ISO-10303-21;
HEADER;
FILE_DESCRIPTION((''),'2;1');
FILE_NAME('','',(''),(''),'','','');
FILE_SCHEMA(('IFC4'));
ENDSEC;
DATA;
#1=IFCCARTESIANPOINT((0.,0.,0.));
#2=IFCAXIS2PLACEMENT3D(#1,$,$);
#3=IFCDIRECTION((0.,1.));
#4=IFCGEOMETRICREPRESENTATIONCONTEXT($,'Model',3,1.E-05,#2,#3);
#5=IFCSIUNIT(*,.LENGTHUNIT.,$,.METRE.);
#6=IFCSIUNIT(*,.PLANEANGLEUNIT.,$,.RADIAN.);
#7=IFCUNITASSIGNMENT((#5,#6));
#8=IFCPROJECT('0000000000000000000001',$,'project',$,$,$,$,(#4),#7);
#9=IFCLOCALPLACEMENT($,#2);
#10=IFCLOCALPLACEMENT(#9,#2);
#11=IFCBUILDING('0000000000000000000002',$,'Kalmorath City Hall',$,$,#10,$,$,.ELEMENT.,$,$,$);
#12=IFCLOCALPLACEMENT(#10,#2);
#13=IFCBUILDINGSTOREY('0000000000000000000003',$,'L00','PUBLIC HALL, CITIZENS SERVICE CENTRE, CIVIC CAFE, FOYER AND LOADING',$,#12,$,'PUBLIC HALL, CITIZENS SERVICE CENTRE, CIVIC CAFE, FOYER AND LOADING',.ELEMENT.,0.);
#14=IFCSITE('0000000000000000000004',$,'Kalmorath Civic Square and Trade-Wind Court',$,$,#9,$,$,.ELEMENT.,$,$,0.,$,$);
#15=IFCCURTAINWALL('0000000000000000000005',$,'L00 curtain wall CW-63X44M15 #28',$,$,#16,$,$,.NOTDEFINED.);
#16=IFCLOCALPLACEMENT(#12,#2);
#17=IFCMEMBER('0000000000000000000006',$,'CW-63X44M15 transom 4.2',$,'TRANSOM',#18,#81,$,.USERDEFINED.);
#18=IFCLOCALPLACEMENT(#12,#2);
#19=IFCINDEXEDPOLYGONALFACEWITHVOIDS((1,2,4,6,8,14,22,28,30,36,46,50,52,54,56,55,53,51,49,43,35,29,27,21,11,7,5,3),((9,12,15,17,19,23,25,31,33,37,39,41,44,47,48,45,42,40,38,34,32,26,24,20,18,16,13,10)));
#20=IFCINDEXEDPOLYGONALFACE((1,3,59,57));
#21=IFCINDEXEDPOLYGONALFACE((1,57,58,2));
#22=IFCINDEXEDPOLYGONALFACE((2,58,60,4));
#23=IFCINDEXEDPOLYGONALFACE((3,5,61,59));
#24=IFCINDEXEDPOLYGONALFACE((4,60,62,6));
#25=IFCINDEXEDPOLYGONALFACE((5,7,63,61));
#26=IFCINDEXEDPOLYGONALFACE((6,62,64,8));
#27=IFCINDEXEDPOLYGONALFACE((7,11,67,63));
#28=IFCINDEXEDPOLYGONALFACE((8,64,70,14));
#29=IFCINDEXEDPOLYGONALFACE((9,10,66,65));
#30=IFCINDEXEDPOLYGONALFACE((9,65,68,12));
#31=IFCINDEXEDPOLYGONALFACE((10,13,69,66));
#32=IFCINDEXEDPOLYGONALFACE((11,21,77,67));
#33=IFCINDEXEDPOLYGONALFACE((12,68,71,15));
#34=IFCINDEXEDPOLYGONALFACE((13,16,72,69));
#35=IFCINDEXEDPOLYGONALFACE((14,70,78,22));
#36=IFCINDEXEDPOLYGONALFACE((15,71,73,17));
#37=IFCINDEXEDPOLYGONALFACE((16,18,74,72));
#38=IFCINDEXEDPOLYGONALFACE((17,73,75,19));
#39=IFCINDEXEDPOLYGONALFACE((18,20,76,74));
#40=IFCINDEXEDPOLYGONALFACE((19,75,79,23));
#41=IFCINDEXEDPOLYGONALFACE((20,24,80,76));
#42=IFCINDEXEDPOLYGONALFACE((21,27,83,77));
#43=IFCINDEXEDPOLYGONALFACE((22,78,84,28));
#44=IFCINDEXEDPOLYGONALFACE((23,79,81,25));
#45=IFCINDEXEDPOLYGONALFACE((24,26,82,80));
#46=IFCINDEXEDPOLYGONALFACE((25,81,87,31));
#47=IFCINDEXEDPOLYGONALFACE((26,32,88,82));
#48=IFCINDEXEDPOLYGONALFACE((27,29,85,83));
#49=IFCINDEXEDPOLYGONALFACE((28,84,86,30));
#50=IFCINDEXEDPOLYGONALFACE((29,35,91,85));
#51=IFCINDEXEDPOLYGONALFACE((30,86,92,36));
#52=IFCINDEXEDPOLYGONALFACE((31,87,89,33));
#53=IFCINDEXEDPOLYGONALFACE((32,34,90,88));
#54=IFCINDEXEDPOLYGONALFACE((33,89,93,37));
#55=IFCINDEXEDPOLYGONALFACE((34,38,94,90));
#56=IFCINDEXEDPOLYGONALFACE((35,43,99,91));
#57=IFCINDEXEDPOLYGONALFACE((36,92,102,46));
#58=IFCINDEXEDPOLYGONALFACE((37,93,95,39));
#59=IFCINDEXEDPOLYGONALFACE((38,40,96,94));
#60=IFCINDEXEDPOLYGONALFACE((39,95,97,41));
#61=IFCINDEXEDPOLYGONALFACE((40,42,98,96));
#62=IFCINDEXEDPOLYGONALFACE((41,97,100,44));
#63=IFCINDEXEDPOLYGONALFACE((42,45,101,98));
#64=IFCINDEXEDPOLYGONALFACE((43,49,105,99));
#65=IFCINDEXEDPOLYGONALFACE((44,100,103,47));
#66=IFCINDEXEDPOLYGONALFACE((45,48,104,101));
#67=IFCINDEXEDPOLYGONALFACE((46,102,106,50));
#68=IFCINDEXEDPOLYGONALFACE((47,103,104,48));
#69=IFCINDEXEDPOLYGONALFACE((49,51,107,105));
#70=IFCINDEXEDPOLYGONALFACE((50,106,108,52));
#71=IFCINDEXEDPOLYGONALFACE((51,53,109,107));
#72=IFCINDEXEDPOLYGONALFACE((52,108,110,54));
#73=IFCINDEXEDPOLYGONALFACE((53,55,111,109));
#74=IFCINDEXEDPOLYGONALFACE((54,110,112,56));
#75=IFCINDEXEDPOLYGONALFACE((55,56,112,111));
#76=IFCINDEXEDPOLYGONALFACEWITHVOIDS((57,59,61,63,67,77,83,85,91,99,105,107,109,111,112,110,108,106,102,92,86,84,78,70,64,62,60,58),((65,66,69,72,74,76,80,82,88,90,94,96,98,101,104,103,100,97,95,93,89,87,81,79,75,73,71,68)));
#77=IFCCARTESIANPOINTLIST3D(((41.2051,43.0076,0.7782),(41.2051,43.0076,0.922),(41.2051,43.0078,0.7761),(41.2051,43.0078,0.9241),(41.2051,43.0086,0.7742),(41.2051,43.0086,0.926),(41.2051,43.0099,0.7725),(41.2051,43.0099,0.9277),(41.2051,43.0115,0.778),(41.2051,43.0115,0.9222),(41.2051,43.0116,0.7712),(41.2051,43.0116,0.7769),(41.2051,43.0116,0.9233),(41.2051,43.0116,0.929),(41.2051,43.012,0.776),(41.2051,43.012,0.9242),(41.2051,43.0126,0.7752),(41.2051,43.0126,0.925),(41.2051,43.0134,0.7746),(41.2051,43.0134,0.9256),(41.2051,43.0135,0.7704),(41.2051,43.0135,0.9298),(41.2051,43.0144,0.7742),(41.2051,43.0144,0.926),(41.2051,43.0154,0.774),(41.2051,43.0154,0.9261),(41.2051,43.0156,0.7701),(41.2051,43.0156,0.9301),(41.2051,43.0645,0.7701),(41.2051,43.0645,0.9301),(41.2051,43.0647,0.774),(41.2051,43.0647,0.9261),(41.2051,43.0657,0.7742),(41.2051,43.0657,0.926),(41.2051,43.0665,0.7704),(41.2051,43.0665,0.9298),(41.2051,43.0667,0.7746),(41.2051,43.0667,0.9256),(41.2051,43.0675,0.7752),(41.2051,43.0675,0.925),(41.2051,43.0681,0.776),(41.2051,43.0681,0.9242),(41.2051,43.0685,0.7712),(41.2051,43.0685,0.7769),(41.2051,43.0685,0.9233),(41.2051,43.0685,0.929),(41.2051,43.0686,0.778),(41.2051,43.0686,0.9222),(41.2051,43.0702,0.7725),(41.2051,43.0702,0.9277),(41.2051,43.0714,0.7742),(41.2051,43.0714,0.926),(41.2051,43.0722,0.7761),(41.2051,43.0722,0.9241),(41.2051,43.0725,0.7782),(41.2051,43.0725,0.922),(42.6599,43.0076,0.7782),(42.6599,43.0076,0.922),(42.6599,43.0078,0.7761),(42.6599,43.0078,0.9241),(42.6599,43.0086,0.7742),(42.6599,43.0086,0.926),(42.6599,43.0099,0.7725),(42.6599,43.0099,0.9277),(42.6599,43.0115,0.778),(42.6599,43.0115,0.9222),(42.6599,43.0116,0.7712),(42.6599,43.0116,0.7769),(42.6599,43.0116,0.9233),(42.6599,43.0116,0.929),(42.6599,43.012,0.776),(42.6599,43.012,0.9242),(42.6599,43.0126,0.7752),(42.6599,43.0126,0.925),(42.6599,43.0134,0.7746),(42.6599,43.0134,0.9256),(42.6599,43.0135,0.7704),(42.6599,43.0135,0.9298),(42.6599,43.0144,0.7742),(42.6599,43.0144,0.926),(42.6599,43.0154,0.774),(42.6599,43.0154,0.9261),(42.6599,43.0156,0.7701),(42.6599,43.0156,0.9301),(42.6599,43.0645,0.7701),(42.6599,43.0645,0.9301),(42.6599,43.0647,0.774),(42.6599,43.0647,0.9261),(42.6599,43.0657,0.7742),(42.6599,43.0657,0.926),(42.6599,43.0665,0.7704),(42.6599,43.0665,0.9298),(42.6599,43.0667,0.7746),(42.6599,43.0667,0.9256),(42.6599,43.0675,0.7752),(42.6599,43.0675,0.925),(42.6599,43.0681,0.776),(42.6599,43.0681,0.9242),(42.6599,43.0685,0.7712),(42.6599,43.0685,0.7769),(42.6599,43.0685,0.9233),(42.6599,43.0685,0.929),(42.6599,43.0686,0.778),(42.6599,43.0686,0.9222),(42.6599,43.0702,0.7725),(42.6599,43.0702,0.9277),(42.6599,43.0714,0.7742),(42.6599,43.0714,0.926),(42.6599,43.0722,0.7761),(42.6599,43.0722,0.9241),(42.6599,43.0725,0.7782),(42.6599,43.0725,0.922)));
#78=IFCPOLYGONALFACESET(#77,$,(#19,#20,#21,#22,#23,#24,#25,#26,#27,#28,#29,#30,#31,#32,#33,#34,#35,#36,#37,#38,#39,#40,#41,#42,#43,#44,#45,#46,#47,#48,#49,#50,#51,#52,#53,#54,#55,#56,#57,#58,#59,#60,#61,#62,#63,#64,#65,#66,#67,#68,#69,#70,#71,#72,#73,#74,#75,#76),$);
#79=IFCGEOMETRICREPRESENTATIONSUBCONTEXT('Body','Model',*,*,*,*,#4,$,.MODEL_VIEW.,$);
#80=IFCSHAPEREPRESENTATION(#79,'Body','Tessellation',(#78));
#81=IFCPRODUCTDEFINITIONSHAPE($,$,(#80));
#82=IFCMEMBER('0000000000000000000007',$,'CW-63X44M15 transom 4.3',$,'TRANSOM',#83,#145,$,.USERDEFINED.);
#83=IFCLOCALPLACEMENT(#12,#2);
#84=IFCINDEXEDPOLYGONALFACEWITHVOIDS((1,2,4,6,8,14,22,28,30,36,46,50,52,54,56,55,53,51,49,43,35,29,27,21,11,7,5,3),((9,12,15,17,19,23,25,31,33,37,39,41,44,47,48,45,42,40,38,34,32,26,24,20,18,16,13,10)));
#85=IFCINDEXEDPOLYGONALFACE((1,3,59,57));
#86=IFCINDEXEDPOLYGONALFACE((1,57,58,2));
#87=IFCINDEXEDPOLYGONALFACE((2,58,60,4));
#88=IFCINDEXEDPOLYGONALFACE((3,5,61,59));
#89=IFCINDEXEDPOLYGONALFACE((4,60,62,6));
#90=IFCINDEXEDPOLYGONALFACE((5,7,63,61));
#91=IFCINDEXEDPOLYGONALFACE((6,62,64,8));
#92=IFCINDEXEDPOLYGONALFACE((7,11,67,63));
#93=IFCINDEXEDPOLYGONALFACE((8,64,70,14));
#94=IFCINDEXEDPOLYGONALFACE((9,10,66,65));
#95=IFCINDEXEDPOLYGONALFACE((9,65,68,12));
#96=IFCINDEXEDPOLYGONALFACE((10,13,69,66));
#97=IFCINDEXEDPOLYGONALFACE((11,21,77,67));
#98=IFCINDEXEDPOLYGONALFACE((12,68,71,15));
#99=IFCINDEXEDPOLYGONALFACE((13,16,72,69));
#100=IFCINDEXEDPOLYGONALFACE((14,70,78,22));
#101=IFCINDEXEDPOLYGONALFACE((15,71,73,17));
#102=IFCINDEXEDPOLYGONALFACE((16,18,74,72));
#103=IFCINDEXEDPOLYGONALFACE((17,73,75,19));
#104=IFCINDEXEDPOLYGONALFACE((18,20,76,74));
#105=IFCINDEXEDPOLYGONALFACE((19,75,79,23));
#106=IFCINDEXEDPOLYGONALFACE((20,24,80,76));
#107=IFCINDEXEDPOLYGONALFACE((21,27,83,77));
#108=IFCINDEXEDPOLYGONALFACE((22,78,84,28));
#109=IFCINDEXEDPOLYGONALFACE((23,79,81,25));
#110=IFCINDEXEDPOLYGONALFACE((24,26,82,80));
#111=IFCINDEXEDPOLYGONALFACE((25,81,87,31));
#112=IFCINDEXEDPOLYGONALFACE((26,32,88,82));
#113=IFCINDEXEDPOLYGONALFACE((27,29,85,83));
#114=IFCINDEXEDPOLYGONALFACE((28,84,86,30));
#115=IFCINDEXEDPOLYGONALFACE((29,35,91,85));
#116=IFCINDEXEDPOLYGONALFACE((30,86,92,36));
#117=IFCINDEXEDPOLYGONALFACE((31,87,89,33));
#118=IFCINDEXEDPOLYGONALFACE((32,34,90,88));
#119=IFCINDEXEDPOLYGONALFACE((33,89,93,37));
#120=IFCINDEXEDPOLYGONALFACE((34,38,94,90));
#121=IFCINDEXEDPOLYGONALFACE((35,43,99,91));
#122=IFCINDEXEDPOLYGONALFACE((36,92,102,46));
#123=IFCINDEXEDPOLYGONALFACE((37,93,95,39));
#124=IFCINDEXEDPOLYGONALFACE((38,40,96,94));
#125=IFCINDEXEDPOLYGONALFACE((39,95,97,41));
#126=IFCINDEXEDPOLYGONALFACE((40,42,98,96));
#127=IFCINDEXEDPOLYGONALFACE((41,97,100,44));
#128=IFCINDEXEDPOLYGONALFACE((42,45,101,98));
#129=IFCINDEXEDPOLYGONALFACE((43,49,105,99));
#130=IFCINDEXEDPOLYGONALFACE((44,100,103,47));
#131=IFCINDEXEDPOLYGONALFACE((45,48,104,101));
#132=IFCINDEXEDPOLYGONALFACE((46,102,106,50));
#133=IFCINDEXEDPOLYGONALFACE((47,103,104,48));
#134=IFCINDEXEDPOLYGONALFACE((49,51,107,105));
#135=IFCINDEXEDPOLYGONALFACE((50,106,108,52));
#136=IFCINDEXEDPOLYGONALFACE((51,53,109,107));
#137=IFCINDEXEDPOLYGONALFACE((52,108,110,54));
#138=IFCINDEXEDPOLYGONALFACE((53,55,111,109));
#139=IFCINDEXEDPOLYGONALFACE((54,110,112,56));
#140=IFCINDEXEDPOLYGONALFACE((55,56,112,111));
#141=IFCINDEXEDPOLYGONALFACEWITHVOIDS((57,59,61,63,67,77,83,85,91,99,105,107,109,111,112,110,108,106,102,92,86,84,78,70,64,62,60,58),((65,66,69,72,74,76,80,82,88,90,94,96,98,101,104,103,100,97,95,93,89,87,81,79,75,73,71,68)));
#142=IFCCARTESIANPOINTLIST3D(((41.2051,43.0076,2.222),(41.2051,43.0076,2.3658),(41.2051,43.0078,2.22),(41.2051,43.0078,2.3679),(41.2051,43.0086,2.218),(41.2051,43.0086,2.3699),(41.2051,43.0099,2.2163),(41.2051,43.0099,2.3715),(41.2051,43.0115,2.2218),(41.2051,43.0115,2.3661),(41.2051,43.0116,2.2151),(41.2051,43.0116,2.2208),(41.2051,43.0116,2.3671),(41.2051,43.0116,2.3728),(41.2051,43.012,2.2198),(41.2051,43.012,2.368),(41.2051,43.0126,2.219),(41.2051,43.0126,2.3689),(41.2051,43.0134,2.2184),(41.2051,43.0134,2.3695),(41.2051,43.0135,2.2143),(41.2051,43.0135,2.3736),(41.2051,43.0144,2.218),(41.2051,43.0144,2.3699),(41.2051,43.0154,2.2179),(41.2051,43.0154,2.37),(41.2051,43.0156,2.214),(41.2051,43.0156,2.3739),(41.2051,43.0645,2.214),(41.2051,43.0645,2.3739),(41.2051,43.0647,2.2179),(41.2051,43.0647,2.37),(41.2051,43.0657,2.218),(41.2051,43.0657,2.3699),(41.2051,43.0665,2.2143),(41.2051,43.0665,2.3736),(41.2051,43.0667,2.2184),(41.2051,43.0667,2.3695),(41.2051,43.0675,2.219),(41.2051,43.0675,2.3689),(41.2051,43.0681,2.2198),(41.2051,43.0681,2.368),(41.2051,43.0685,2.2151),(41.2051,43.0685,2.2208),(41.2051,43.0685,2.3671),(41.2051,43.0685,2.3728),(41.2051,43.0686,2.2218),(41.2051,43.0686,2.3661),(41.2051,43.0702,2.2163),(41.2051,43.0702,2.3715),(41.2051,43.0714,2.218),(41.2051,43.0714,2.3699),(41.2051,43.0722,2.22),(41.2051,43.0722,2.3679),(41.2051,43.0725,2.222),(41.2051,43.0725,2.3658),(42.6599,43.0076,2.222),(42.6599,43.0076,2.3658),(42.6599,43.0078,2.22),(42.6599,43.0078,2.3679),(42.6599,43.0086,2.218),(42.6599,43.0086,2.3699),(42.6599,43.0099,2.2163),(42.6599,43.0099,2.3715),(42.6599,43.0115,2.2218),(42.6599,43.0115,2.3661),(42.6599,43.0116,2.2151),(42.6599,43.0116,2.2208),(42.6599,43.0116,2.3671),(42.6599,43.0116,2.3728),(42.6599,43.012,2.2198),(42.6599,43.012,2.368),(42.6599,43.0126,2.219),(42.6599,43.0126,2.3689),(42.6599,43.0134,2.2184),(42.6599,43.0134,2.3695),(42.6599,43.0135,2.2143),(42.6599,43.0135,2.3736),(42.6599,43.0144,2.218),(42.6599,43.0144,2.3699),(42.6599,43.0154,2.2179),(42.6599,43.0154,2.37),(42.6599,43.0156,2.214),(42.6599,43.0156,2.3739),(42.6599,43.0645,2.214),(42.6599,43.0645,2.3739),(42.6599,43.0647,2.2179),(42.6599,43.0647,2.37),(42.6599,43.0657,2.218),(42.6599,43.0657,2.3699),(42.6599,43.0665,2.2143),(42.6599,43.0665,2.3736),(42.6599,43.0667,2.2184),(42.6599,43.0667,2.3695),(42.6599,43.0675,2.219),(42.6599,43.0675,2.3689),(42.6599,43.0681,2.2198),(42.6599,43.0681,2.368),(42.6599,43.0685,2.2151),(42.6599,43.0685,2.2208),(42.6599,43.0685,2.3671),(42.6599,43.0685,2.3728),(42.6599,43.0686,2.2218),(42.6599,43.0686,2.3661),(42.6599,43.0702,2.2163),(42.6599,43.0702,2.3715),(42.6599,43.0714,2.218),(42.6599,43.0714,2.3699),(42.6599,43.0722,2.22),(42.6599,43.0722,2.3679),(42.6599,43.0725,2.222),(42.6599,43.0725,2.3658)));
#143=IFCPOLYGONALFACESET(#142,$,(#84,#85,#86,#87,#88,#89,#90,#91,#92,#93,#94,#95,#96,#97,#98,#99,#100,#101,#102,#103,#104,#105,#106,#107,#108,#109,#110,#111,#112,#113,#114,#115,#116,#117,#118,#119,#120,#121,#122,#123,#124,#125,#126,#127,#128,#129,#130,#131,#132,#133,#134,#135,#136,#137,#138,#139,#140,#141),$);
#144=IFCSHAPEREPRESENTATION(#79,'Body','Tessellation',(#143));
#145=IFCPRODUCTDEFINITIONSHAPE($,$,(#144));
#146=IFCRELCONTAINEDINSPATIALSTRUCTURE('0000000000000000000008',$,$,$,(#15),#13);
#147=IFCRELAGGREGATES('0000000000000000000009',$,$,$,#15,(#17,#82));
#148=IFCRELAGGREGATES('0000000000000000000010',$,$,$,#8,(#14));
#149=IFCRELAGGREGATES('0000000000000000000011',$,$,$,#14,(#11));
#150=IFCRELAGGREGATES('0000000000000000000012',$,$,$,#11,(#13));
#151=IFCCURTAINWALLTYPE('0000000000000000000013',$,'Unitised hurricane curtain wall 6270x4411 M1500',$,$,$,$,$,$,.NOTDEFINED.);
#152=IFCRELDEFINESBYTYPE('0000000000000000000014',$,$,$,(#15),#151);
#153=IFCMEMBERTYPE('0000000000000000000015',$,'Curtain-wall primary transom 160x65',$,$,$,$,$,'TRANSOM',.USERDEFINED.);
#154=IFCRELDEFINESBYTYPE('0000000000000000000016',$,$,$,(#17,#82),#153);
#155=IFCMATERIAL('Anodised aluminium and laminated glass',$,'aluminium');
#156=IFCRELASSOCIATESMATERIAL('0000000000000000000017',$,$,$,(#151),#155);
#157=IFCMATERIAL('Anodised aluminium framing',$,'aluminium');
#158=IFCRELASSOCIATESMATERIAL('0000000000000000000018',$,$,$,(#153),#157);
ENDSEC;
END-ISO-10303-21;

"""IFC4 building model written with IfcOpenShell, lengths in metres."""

from ifc_helpers import new_model, si_unit, direction, frame, origin, origin_2d, place, context, subcontext, project, spatial, hollow_rectangle, extrude, material, material_profile, profile_set, type_object, element, aggregate, save


model = new_model("IFC4")

# Units and contexts
model_context = context("Model", 3, precision=1e-05, world=origin(), true_north=direction((0.0, 1.0)))
body_context = subcontext(model_context, "Body", "Model", "MODEL_VIEW")
ifc_project = project(units=[si_unit("LENGTHUNIT", "METRE"), si_unit("PLANEANGLEUNIT", "RADIAN")], contexts=[model_context])

# Site, building, storey
site_placement = place(None, origin())
site = spatial("IfcSite", under=ifc_project, at=site_placement, Name="Kalmorath Civic Square and Trade-Wind Court", CompositionType="ELEMENT", RefElevation=0.0)
building_placement = place(site_placement, origin())
building = spatial("IfcBuilding", under=site, at=building_placement, Name="Kalmorath City Hall", CompositionType="ELEMENT")
storey_placement = place(building_placement, origin())
storey = spatial("IfcBuildingStorey", under=building, at=storey_placement, Name="L00", Description="PUBLIC HALL, CITIZENS SERVICE CENTRE, CIVIC CAFE, FOYER AND LOADING", LongName="PUBLIC HALL, CITIZENS SERVICE CENTRE, CIVIC CAFE, FOYER AND LOADING", CompositionType="ELEMENT", Elevation=0.0)

# Curtain wall
ifc_material_1 = material(Name="Anodised aluminium and laminated glass", Category="aluminium")
curtain_wall_type_1 = type_object("IfcCurtainWallType", Name="Unitised hurricane curtain wall 6270x4411 M1500", PredefinedType="NOTDEFINED", material=ifc_material_1)
curtain_wall_1_placement = place(storey_placement, origin())
curtain_wall_1 = element("IfcCurtainWall", 1, at=curtain_wall_1_placement, inside=storey, type_object=curtain_wall_type_1, Name="L00 curtain wall CW-63X44M15 #28", PredefinedType="NOTDEFINED")

# Members
ifc_material_2 = material(Name="Anodised aluminium framing", Category="aluminium")
ifc_material_profile_1 = material_profile(ifc_material_2, hollow_rectangle(XDim=0.0649, YDim=0.1599, WallThickness=0.0039, InnerFilletRadius=0.0039, OuterFilletRadius=0.0081, at=origin_2d()), Name="ALU-TRN-160X65X4")
ifc_profile_set_1 = profile_set([ifc_material_profile_1], Name="Anodised aluminium framing")
member_type_1 = type_object("IfcMemberType", Name="Curtain-wall primary transom 160x65", ElementType="TRANSOM", PredefinedType="USERDEFINED", material=ifc_profile_set_1)
member_1_placement = place(storey_placement, frame((41.2051, 43.04, 0.8501), z_axis=(1.0, 0.0, 0.0), x_axis=(0.0, 1.0, 0.0)))
member_1 = element("IfcMember", 2, at=member_1_placement, type_object=member_type_1, Name="CW-63X44M15 transom 4.2", ObjectType="TRANSOM", PredefinedType="USERDEFINED", context=body_context, shape_type="SweptSolid", body=[
    extrude(hollow_rectangle(XDim=0.0649, YDim=0.1599, WallThickness=0.0039, InnerFilletRadius=0.0039, OuterFilletRadius=0.0081, at=origin_2d()), origin(), (0.0, 0.0, 1.0), 1.4548),
])
member_2_placement = place(storey_placement, frame((41.2051, 43.04, 2.2939), z_axis=(1.0, 0.0, 0.0), x_axis=(0.0, 1.0, 0.0)))
member_2 = element("IfcMember", 3, at=member_2_placement, type_object=member_type_1, Name="CW-63X44M15 transom 4.3", ObjectType="TRANSOM", PredefinedType="USERDEFINED", context=body_context, shape_type="SweptSolid", body=[
    extrude(hollow_rectangle(XDim=0.0649, YDim=0.1599, WallThickness=0.0039, InnerFilletRadius=0.0039, OuterFilletRadius=0.0081, at=origin_2d()), origin(), (0.0, 0.0, 1.0), 1.4548),
])

aggregate(curtain_wall_1, [member_1, member_2])

save(model, "model.ifc")
